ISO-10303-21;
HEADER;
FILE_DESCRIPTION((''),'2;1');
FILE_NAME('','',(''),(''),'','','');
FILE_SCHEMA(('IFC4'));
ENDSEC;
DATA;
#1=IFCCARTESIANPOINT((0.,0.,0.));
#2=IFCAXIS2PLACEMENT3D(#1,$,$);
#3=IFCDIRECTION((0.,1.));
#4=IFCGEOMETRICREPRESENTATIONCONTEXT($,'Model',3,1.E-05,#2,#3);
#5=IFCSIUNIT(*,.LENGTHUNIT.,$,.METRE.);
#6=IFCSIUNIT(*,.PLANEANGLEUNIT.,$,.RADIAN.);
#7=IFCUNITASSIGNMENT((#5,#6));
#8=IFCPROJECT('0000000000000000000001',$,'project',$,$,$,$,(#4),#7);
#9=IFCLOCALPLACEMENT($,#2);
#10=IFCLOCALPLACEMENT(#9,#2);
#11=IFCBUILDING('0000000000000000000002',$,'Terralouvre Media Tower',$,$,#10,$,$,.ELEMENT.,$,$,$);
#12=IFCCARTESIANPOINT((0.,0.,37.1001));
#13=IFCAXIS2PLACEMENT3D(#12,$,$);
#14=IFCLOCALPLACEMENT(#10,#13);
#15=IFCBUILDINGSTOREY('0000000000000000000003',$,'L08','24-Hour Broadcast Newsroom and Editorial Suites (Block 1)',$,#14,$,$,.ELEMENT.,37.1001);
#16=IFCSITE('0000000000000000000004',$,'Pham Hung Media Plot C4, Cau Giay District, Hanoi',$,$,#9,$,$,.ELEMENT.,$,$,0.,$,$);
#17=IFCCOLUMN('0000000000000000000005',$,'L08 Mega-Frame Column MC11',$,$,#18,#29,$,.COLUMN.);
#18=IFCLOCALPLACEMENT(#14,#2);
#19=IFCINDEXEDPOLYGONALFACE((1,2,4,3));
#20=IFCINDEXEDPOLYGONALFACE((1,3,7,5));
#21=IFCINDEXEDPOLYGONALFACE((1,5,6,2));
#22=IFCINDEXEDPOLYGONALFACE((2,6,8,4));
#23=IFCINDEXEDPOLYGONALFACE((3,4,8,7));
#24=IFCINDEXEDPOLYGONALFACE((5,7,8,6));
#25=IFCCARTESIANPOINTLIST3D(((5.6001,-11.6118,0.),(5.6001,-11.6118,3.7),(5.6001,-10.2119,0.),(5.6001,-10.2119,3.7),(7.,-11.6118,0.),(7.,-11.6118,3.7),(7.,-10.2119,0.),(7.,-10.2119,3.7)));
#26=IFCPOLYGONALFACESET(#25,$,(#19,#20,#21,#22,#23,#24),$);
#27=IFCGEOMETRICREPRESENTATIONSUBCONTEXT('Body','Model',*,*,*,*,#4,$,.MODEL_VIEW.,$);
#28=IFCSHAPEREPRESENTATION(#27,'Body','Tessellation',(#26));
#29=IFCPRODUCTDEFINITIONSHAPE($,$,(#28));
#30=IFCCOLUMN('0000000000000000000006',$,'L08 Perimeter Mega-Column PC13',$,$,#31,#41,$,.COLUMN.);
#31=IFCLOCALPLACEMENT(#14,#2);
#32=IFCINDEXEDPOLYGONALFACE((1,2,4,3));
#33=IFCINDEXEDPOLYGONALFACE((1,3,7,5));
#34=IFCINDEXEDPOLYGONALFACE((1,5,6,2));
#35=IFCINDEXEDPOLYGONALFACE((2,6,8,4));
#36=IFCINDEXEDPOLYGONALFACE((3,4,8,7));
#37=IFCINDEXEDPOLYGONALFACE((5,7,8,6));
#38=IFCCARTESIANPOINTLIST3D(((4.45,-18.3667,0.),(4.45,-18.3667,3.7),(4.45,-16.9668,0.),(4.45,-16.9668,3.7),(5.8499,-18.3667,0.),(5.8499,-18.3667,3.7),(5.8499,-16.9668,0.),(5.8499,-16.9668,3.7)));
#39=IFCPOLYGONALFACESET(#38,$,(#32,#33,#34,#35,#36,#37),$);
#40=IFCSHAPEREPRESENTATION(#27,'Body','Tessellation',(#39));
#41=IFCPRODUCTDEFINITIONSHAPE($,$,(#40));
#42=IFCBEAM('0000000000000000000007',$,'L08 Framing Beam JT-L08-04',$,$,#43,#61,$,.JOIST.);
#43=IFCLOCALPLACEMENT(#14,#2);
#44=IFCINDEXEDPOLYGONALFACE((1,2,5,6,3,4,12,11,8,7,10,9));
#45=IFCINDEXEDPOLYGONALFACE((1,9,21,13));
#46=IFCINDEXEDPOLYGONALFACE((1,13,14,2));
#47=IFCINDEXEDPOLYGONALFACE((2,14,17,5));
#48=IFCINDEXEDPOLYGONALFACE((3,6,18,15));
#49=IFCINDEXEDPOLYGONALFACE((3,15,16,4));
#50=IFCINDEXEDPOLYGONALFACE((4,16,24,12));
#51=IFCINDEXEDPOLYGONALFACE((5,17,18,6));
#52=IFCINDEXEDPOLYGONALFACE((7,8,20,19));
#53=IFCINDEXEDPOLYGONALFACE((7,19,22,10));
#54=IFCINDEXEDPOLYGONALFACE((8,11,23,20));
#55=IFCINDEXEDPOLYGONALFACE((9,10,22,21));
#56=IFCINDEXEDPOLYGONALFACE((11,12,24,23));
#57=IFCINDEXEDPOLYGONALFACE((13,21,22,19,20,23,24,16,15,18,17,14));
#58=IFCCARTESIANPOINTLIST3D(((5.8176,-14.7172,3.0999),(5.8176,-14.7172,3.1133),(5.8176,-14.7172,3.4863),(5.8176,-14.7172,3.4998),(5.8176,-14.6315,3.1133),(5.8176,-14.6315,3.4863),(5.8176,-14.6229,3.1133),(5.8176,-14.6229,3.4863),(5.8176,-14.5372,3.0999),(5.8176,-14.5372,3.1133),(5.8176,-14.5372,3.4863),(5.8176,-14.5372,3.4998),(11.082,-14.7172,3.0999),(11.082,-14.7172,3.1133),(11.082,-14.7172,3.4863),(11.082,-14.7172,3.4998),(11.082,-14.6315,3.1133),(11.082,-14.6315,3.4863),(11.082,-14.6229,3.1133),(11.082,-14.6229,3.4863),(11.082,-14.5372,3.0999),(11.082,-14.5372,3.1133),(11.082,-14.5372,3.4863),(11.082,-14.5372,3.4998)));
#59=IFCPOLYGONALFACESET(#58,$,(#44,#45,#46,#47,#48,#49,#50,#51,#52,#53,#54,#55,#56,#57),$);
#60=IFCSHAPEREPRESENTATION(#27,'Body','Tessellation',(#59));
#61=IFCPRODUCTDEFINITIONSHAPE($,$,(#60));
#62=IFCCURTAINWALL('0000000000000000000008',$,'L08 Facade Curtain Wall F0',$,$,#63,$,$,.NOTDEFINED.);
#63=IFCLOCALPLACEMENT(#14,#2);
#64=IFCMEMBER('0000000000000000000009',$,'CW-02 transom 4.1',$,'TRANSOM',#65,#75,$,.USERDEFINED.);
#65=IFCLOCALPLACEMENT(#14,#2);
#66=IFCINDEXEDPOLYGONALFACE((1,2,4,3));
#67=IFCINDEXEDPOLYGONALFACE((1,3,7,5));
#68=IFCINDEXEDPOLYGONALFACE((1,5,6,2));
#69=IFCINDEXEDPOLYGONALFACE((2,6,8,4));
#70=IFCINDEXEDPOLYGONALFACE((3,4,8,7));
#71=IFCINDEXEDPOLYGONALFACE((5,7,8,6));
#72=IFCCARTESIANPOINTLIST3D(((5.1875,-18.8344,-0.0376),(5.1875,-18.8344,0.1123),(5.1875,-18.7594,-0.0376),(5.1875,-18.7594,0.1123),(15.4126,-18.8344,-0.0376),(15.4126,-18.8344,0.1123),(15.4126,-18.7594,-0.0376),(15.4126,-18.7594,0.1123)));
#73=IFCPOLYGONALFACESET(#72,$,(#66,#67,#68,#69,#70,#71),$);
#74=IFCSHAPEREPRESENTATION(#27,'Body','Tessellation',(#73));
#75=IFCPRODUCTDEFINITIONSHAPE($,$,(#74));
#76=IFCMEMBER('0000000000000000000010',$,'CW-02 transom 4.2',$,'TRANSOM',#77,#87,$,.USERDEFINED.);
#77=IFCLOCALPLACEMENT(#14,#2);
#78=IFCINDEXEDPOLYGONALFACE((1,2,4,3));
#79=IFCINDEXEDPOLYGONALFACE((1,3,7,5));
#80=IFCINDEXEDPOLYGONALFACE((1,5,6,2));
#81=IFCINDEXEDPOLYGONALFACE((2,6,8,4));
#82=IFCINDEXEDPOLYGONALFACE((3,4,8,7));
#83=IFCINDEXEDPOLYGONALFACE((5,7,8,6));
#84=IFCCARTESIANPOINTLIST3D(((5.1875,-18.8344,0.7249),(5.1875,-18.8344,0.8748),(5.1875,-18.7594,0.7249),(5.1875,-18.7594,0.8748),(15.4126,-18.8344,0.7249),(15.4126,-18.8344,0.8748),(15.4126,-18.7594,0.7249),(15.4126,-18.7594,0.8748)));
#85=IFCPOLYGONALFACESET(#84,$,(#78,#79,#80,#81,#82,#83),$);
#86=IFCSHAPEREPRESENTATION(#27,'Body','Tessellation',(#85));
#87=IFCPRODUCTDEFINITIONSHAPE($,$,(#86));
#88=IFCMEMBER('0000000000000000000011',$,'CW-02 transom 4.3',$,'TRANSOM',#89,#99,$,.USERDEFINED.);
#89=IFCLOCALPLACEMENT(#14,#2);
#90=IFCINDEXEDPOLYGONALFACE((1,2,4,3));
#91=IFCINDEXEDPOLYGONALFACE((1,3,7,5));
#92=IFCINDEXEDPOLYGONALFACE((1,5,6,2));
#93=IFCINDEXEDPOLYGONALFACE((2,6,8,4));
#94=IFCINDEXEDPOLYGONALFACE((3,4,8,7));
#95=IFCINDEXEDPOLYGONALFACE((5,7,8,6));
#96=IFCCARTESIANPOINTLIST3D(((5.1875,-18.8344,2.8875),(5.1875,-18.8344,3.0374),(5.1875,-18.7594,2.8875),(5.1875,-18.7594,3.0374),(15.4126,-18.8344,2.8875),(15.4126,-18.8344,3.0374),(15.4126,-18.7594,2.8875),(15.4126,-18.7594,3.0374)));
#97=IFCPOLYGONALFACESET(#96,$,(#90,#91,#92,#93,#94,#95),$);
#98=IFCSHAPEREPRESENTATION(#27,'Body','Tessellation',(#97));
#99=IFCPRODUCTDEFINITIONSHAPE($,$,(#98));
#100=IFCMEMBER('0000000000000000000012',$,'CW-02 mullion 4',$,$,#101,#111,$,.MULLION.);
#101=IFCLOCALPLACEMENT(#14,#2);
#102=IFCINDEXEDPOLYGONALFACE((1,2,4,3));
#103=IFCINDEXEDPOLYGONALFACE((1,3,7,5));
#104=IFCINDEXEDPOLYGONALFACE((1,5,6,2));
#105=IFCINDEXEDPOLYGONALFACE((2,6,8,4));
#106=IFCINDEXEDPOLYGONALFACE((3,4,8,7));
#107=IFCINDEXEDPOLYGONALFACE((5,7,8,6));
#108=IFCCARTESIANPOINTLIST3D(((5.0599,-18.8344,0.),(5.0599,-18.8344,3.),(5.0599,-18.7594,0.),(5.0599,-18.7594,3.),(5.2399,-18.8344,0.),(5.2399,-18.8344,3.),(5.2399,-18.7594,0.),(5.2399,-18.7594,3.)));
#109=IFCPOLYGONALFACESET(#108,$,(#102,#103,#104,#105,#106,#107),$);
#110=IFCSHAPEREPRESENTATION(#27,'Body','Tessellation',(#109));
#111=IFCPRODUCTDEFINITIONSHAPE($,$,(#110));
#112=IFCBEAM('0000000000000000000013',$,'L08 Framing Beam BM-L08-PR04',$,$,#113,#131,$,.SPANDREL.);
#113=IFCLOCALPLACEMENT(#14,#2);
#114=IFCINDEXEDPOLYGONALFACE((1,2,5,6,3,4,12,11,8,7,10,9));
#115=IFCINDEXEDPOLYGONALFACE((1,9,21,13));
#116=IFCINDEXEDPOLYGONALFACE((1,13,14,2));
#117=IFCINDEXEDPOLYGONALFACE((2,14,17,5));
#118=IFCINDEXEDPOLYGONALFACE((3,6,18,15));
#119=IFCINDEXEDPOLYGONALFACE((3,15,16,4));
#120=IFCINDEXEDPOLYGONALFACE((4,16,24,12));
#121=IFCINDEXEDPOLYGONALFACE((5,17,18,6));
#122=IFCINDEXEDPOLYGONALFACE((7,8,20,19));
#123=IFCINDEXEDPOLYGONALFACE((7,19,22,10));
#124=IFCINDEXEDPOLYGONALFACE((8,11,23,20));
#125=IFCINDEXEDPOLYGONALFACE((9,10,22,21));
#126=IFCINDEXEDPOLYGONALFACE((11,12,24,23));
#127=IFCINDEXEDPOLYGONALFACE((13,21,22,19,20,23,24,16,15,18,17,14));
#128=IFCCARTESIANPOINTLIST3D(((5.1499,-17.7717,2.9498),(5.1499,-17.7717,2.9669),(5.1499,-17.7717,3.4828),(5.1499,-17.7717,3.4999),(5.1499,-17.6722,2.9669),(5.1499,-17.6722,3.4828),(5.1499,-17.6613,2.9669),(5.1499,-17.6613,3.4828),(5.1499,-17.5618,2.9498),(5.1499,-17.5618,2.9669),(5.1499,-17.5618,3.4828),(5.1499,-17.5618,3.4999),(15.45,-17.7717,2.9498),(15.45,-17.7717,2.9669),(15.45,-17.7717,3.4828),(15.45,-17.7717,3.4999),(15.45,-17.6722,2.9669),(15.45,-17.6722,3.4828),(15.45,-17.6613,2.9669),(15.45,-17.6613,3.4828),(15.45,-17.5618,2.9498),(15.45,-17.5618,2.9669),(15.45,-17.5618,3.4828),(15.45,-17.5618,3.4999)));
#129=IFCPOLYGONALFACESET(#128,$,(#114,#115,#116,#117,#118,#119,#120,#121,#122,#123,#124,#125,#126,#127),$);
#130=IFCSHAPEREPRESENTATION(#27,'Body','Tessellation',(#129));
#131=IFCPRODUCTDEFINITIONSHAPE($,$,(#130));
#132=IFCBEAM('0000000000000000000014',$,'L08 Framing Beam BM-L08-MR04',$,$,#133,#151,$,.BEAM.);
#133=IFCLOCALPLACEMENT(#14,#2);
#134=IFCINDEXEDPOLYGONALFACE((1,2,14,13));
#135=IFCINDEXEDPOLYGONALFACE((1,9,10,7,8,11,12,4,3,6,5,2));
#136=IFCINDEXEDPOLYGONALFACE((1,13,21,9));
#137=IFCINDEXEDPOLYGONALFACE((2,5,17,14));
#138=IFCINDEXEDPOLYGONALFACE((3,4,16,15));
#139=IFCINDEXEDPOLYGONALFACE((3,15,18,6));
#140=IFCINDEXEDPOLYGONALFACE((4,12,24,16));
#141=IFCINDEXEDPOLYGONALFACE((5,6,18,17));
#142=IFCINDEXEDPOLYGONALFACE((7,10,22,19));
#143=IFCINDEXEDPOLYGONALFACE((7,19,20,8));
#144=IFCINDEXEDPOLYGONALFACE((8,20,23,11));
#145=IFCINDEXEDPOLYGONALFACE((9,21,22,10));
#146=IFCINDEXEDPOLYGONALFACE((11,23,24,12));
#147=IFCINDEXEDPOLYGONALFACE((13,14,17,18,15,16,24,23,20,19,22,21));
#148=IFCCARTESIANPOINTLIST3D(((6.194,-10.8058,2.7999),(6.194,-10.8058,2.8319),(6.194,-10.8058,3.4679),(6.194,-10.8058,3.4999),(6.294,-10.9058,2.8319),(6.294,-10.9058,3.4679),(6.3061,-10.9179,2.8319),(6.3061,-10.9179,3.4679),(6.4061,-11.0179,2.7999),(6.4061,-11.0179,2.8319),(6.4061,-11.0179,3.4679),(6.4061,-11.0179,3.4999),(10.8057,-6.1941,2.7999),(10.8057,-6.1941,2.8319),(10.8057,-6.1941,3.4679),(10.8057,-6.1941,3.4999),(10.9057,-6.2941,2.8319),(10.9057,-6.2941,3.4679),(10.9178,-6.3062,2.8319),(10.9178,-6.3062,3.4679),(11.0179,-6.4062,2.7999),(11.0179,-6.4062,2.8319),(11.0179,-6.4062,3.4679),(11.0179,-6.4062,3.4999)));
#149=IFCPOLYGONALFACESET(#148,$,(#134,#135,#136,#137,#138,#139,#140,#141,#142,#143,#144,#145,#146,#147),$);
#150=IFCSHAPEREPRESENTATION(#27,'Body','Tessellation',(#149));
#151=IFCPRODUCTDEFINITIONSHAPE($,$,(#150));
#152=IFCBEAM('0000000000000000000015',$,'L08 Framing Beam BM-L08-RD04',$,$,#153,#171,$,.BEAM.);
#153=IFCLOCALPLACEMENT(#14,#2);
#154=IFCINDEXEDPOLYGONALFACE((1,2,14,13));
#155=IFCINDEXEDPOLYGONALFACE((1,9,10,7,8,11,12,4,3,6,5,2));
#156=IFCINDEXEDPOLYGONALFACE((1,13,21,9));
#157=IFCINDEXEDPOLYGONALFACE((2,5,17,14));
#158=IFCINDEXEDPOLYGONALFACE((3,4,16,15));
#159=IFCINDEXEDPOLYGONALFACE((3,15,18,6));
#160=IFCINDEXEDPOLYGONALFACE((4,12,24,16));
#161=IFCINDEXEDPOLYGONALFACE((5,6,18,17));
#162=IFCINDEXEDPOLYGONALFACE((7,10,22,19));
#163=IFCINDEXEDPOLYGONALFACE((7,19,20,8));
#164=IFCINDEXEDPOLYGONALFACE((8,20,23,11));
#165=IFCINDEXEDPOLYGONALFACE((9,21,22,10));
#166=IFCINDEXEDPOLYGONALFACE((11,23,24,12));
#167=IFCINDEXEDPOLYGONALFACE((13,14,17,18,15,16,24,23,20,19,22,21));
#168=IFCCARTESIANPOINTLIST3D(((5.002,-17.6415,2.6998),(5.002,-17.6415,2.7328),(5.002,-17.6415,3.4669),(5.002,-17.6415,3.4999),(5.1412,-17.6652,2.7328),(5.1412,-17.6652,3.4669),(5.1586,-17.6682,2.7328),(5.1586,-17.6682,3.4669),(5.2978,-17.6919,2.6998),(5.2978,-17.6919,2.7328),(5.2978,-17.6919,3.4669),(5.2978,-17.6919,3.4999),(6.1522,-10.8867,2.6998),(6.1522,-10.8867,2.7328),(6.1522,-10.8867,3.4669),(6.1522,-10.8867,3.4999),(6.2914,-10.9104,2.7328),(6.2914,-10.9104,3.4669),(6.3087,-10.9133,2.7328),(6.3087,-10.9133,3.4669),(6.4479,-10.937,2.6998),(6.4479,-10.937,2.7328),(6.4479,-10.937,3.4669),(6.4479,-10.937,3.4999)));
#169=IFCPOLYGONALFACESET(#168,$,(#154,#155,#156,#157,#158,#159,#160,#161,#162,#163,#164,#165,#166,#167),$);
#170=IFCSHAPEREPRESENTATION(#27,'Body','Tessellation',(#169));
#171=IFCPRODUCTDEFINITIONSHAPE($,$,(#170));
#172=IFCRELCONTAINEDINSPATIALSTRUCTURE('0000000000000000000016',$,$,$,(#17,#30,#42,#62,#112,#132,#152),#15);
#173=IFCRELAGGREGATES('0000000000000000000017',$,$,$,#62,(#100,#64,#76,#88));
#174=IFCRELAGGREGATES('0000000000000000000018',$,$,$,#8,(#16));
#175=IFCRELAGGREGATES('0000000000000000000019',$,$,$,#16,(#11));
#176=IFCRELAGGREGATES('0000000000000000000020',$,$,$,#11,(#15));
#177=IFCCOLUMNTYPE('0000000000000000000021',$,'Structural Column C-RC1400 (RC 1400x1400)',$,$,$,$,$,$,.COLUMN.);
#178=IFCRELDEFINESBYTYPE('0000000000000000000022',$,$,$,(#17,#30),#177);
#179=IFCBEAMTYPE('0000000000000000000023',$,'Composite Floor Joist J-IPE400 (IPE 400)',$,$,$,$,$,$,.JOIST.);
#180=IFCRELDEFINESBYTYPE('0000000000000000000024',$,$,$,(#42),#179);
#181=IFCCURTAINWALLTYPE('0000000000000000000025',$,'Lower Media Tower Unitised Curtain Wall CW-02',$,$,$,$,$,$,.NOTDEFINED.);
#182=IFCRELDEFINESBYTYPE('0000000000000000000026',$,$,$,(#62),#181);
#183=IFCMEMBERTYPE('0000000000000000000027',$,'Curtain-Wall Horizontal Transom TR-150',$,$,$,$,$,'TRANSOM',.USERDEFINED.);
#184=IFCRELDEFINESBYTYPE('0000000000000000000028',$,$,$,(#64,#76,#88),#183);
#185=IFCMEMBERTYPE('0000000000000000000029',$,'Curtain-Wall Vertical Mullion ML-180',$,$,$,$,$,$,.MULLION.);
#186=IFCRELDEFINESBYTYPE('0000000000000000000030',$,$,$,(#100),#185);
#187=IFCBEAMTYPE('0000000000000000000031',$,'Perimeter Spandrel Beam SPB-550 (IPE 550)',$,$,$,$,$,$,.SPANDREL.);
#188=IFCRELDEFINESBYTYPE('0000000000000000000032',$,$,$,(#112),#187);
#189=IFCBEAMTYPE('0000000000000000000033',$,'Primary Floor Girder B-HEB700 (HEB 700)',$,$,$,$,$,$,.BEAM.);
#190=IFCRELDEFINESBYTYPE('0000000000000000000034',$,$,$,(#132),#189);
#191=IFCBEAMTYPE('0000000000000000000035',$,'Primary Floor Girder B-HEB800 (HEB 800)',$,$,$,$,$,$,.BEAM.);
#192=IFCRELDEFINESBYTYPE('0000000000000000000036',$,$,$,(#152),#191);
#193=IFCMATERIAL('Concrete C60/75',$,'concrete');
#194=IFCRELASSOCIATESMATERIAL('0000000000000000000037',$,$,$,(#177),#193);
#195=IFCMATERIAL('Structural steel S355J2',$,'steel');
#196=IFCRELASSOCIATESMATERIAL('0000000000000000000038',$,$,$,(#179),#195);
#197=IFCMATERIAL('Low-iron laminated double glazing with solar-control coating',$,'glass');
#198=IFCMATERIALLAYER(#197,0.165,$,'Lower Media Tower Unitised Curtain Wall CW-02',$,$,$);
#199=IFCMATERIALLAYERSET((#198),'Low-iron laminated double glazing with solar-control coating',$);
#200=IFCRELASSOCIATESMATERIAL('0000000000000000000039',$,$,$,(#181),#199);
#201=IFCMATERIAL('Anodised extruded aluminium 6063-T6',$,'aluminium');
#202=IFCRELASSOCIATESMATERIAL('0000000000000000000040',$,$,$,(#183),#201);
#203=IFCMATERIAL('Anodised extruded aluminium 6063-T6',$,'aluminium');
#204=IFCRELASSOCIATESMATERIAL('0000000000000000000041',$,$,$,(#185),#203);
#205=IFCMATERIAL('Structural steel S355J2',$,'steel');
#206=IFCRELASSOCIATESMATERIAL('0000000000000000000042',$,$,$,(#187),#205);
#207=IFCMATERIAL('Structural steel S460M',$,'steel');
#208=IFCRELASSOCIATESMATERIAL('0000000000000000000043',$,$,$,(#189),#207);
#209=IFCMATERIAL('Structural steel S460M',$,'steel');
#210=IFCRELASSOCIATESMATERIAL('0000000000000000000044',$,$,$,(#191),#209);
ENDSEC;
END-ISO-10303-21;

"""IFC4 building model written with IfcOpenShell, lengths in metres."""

from ifc_helpers import new_model, si_unit, direction, frame, origin, origin_2d, place, context, subcontext, project, spatial, rectangle, i_section, extrude, material, layer, layer_set, material_profile, profile_set, type_object, element, aggregate, save


model = new_model("IFC4")

# Units and contexts
model_context = context("Model", 3, precision=1e-05, world=origin(), true_north=direction((0.0, 1.0)))
body_context = subcontext(model_context, "Body", "Model", "MODEL_VIEW")
ifc_project = project(units=[si_unit("LENGTHUNIT", "METRE"), si_unit("PLANEANGLEUNIT", "RADIAN")], contexts=[model_context])

# Site, building, storey
site_placement = place(None, origin())
site = spatial("IfcSite", under=ifc_project, at=site_placement, Name="Pham Hung Media Plot C4, Cau Giay District, Hanoi", CompositionType="ELEMENT", RefElevation=0.0)
building_placement = place(site_placement, origin())
building = spatial("IfcBuilding", under=site, at=building_placement, Name="Terralouvre Media Tower", CompositionType="ELEMENT")
storey_placement = place(building_placement, frame((0.0, 0.0, 37.1001)))
storey = spatial("IfcBuildingStorey", under=building, at=storey_placement, Name="L08", Description="24-Hour Broadcast Newsroom and Editorial Suites (Block 1)", CompositionType="ELEMENT", Elevation=37.1001)

# Columns
ifc_material_1 = material(Name="Concrete C60/75", Category="concrete")
ifc_material_profile_1 = material_profile(ifc_material_1, rectangle(XDim=1.3999, YDim=1.3999, at=origin_2d()), Name="RC 1400x1400")
ifc_profile_set_1 = profile_set([ifc_material_profile_1], Name="Concrete C60/75")
column_type = type_object("IfcColumnType", Name="Structural Column C-RC1400 (RC 1400x1400)", PredefinedType="COLUMN", material=ifc_profile_set_1)
for number, where, z_axis, x_axis, name in (
    (1, (6.3, -10.9119, 0.0), (0.0, 0.0, 1.0), (1.0, 0.0, 0.0), "L08 Mega-Frame Column MC11"),
    (2, (5.1499, -17.6667, 0.0), (0.0, 0.0, 1.0), (1.0, 0.0, 0.0), "L08 Perimeter Mega-Column PC13"),
):
    element("IfcColumn", number, at=place(storey_placement, frame(where, z_axis=z_axis, x_axis=x_axis)), inside=storey, type_object=column_type, Name=name, PredefinedType="COLUMN", context=body_context, shape_type="SweptSolid", body=[
        extrude(rectangle(XDim=1.3999, YDim=1.3999, at=origin_2d()), origin(), (0.0, 0.0, 1.0), 3.7),
    ])

# Beam
ifc_material_2 = material(Name="Structural steel S355J2", Category="steel")
ifc_material_profile_2 = material_profile(ifc_material_2, i_section(OverallWidth=0.1799, OverallDepth=0.3999, WebThickness=0.0085, FlangeThickness=0.0134, at=origin_2d()), Name="IPE 400")
ifc_profile_set_2 = profile_set([ifc_material_profile_2], Name="Structural steel S355J2")
beam_type_1 = type_object("IfcBeamType", Name="Composite Floor Joist J-IPE400 (IPE 400)", PredefinedType="JOIST", material=ifc_profile_set_2)
beam_1_placement = place(storey_placement, frame((5.8176, -14.6272, 3.2998), z_axis=(1.0, 0.0, 0.0), x_axis=(0.0, 1.0, 0.0)))
element("IfcBeam", 3, at=beam_1_placement, inside=storey, type_object=beam_type_1, Name="L08 Framing Beam JT-L08-04", PredefinedType="JOIST", context=body_context, shape_type="SweptSolid", body=[
    extrude(i_section(OverallWidth=0.1799, OverallDepth=0.3999, WebThickness=0.0085, FlangeThickness=0.0134, at=origin_2d()), origin(), (0.0, 0.0, 1.0), 5.2644),
])

# Curtain wall, members
ifc_material_3 = material(Name="Low-iron laminated double glazing with solar-control coating", Category="glass")
ifc_layer_1 = layer(ifc_material_3, 0.165, Name="Lower Media Tower Unitised Curtain Wall CW-02")
ifc_layer_set_1 = layer_set([ifc_layer_1], Name="Low-iron laminated double glazing with solar-control coating")
curtain_wall_type = type_object("IfcCurtainWallType", Name="Lower Media Tower Unitised Curtain Wall CW-02", PredefinedType="NOTDEFINED", material=ifc_layer_set_1)
curtain_wall_placement = place(storey_placement, origin())
curtain_wall = element("IfcCurtainWall", 4, at=curtain_wall_placement, inside=storey, type_object=curtain_wall_type, Name="L08 Facade Curtain Wall F0", PredefinedType="NOTDEFINED")
ifc_material_4 = material(Name="Anodised extruded aluminium 6063-T6", Category="aluminium")
ifc_material_profile_3 = material_profile(ifc_material_4, rectangle(XDim=0.075, YDim=0.1499, at=origin_2d()), Name="ALU 75x150")
ifc_profile_set_3 = profile_set([ifc_material_profile_3], Name="Anodised extruded aluminium 6063-T6")
member_type_1 = type_object("IfcMemberType", Name="Curtain-Wall Horizontal Transom TR-150", ElementType="TRANSOM", PredefinedType="USERDEFINED", material=ifc_profile_set_3)
member_1_placement = place(storey_placement, frame((5.1875, -18.7969, 0.0374), z_axis=(1.0, 0.0, 0.0), x_axis=(0.0, 1.0, 0.0)))
member_1 = element("IfcMember", 5, at=member_1_placement, type_object=member_type_1, Name="CW-02 transom 4.1", ObjectType="TRANSOM", PredefinedType="USERDEFINED", context=body_context, shape_type="SweptSolid", body=[
    extrude(rectangle(XDim=0.075, YDim=0.1499, at=origin_2d()), origin(), (0.0, 0.0, 1.0), 10.2251),
])
member_2_placement = place(storey_placement, frame((5.1875, -18.7969, 0.7998), z_axis=(1.0, 0.0, 0.0), x_axis=(0.0, 1.0, 0.0)))
member_2 = element("IfcMember", 6, at=member_2_placement, type_object=member_type_1, Name="CW-02 transom 4.2", ObjectType="TRANSOM", PredefinedType="USERDEFINED", context=body_context, shape_type="SweptSolid", body=[
    extrude(rectangle(XDim=0.075, YDim=0.1499, at=origin_2d()), origin(), (0.0, 0.0, 1.0), 10.2251),
])
member_3_placement = place(storey_placement, frame((5.1875, -18.7969, 2.9624), z_axis=(1.0, 0.0, 0.0), x_axis=(0.0, 1.0, 0.0)))
member_3 = element("IfcMember", 7, at=member_3_placement, type_object=member_type_1, Name="CW-02 transom 4.3", ObjectType="TRANSOM", PredefinedType="USERDEFINED", context=body_context, shape_type="SweptSolid", body=[
    extrude(rectangle(XDim=0.075, YDim=0.1499, at=origin_2d()), origin(), (0.0, 0.0, 1.0), 10.2251),
])
ifc_material_5 = material(Name="Anodised extruded aluminium 6063-T6", Category="aluminium")
ifc_material_profile_4 = material_profile(ifc_material_5, rectangle(XDim=0.075, YDim=0.1799, at=origin_2d()), Name="ALU 75x180")
ifc_profile_set_4 = profile_set([ifc_material_profile_4], Name="Anodised extruded aluminium 6063-T6")
member_type_2 = type_object("IfcMemberType", Name="Curtain-Wall Vertical Mullion ML-180", PredefinedType="MULLION", material=ifc_profile_set_4)
member_4_placement = place(storey_placement, frame((5.1499, -18.7969, 0.0), z_axis=(0.0, 0.0, 1.0), x_axis=(0.0, 1.0, 0.0)))
member_4 = element("IfcMember", 8, at=member_4_placement, type_object=member_type_2, Name="CW-02 mullion 4", PredefinedType="MULLION", context=body_context, shape_type="SweptSolid", body=[
    extrude(rectangle(XDim=0.075, YDim=0.1799, at=origin_2d()), origin(), (0.0, 0.0, 1.0), 3.0),
])

# Beams
ifc_material_6 = material(Name="Structural steel S355J2", Category="steel")
ifc_material_profile_5 = material_profile(ifc_material_6, i_section(OverallWidth=0.21, OverallDepth=0.55, WebThickness=0.011, FlangeThickness=0.0171, at=origin_2d()), Name="IPE 550")
ifc_profile_set_5 = profile_set([ifc_material_profile_5], Name="Structural steel S355J2")
beam_type_2 = type_object("IfcBeamType", Name="Perimeter Spandrel Beam SPB-550 (IPE 550)", PredefinedType="SPANDREL", material=ifc_profile_set_5)
beam_2_placement = place(storey_placement, frame((5.1499, -17.6667, 3.2249), z_axis=(1.0, 0.0, 0.0), x_axis=(0.0, 1.0, 0.0)))
element("IfcBeam", 9, at=beam_2_placement, inside=storey, type_object=beam_type_2, Name="L08 Framing Beam BM-L08-PR04", PredefinedType="SPANDREL", context=body_context, shape_type="SweptSolid", body=[
    extrude(i_section(OverallWidth=0.21, OverallDepth=0.55, WebThickness=0.011, FlangeThickness=0.0171, at=origin_2d()), origin(), (0.0, 0.0, 1.0), 10.3),
])
ifc_material_7 = material(Name="Structural steel S460M", Category="steel")
ifc_material_profile_6 = material_profile(ifc_material_7, i_section(OverallWidth=0.3, OverallDepth=0.7, WebThickness=0.0171, FlangeThickness=0.032, at=origin_2d()), Name="HEB 700")
ifc_profile_set_6 = profile_set([ifc_material_profile_6], Name="Structural steel S460M")
beam_type_3 = type_object("IfcBeamType", Name="Primary Floor Girder B-HEB700 (HEB 700)", PredefinedType="BEAM", material=ifc_profile_set_6)
beam_3_placement = place(storey_placement, frame((6.3, -10.9119, 3.1499), z_axis=(0.707107, 0.707107, 0.0), x_axis=(-0.707107, 0.707107, 0.0)))
element("IfcBeam", 10, at=beam_3_placement, inside=storey, type_object=beam_type_3, Name="L08 Framing Beam BM-L08-MR04", PredefinedType="BEAM", context=body_context, shape_type="SweptSolid", body=[
    extrude(i_section(OverallWidth=0.3, OverallDepth=0.7, WebThickness=0.0171, FlangeThickness=0.032, at=origin_2d()), origin(), (0.0, 0.0, 1.0), 6.522),
])
ifc_material_8 = material(Name="Structural steel S460M", Category="steel")
ifc_material_profile_7 = material_profile(ifc_material_8, i_section(OverallWidth=0.3, OverallDepth=0.8, WebThickness=0.0176, FlangeThickness=0.033, at=origin_2d()), Name="HEB 800")
ifc_profile_set_7 = profile_set([ifc_material_profile_7], Name="Structural steel S460M")
beam_type_4 = type_object("IfcBeamType", Name="Primary Floor Girder B-HEB800 (HEB 800)", PredefinedType="BEAM", material=ifc_profile_set_7)
beam_4_placement = place(storey_placement, frame((6.3, -10.9119, 3.0999), z_axis=(-0.167853, -0.985812, 0.0), x_axis=(0.985812, -0.167853, 0.0)))
element("IfcBeam", 11, at=beam_4_placement, inside=storey, type_object=beam_type_4, Name="L08 Framing Beam BM-L08-RD04", PredefinedType="BEAM", context=body_context, shape_type="SweptSolid", body=[
    extrude(i_section(OverallWidth=0.3, OverallDepth=0.8, WebThickness=0.0176, FlangeThickness=0.033, at=origin_2d()), origin(), (0.0, 0.0, 1.0), 6.8521),
])

aggregate(curtain_wall, [member_4, member_1, member_2, member_3])

save(model, "model.ifc")
